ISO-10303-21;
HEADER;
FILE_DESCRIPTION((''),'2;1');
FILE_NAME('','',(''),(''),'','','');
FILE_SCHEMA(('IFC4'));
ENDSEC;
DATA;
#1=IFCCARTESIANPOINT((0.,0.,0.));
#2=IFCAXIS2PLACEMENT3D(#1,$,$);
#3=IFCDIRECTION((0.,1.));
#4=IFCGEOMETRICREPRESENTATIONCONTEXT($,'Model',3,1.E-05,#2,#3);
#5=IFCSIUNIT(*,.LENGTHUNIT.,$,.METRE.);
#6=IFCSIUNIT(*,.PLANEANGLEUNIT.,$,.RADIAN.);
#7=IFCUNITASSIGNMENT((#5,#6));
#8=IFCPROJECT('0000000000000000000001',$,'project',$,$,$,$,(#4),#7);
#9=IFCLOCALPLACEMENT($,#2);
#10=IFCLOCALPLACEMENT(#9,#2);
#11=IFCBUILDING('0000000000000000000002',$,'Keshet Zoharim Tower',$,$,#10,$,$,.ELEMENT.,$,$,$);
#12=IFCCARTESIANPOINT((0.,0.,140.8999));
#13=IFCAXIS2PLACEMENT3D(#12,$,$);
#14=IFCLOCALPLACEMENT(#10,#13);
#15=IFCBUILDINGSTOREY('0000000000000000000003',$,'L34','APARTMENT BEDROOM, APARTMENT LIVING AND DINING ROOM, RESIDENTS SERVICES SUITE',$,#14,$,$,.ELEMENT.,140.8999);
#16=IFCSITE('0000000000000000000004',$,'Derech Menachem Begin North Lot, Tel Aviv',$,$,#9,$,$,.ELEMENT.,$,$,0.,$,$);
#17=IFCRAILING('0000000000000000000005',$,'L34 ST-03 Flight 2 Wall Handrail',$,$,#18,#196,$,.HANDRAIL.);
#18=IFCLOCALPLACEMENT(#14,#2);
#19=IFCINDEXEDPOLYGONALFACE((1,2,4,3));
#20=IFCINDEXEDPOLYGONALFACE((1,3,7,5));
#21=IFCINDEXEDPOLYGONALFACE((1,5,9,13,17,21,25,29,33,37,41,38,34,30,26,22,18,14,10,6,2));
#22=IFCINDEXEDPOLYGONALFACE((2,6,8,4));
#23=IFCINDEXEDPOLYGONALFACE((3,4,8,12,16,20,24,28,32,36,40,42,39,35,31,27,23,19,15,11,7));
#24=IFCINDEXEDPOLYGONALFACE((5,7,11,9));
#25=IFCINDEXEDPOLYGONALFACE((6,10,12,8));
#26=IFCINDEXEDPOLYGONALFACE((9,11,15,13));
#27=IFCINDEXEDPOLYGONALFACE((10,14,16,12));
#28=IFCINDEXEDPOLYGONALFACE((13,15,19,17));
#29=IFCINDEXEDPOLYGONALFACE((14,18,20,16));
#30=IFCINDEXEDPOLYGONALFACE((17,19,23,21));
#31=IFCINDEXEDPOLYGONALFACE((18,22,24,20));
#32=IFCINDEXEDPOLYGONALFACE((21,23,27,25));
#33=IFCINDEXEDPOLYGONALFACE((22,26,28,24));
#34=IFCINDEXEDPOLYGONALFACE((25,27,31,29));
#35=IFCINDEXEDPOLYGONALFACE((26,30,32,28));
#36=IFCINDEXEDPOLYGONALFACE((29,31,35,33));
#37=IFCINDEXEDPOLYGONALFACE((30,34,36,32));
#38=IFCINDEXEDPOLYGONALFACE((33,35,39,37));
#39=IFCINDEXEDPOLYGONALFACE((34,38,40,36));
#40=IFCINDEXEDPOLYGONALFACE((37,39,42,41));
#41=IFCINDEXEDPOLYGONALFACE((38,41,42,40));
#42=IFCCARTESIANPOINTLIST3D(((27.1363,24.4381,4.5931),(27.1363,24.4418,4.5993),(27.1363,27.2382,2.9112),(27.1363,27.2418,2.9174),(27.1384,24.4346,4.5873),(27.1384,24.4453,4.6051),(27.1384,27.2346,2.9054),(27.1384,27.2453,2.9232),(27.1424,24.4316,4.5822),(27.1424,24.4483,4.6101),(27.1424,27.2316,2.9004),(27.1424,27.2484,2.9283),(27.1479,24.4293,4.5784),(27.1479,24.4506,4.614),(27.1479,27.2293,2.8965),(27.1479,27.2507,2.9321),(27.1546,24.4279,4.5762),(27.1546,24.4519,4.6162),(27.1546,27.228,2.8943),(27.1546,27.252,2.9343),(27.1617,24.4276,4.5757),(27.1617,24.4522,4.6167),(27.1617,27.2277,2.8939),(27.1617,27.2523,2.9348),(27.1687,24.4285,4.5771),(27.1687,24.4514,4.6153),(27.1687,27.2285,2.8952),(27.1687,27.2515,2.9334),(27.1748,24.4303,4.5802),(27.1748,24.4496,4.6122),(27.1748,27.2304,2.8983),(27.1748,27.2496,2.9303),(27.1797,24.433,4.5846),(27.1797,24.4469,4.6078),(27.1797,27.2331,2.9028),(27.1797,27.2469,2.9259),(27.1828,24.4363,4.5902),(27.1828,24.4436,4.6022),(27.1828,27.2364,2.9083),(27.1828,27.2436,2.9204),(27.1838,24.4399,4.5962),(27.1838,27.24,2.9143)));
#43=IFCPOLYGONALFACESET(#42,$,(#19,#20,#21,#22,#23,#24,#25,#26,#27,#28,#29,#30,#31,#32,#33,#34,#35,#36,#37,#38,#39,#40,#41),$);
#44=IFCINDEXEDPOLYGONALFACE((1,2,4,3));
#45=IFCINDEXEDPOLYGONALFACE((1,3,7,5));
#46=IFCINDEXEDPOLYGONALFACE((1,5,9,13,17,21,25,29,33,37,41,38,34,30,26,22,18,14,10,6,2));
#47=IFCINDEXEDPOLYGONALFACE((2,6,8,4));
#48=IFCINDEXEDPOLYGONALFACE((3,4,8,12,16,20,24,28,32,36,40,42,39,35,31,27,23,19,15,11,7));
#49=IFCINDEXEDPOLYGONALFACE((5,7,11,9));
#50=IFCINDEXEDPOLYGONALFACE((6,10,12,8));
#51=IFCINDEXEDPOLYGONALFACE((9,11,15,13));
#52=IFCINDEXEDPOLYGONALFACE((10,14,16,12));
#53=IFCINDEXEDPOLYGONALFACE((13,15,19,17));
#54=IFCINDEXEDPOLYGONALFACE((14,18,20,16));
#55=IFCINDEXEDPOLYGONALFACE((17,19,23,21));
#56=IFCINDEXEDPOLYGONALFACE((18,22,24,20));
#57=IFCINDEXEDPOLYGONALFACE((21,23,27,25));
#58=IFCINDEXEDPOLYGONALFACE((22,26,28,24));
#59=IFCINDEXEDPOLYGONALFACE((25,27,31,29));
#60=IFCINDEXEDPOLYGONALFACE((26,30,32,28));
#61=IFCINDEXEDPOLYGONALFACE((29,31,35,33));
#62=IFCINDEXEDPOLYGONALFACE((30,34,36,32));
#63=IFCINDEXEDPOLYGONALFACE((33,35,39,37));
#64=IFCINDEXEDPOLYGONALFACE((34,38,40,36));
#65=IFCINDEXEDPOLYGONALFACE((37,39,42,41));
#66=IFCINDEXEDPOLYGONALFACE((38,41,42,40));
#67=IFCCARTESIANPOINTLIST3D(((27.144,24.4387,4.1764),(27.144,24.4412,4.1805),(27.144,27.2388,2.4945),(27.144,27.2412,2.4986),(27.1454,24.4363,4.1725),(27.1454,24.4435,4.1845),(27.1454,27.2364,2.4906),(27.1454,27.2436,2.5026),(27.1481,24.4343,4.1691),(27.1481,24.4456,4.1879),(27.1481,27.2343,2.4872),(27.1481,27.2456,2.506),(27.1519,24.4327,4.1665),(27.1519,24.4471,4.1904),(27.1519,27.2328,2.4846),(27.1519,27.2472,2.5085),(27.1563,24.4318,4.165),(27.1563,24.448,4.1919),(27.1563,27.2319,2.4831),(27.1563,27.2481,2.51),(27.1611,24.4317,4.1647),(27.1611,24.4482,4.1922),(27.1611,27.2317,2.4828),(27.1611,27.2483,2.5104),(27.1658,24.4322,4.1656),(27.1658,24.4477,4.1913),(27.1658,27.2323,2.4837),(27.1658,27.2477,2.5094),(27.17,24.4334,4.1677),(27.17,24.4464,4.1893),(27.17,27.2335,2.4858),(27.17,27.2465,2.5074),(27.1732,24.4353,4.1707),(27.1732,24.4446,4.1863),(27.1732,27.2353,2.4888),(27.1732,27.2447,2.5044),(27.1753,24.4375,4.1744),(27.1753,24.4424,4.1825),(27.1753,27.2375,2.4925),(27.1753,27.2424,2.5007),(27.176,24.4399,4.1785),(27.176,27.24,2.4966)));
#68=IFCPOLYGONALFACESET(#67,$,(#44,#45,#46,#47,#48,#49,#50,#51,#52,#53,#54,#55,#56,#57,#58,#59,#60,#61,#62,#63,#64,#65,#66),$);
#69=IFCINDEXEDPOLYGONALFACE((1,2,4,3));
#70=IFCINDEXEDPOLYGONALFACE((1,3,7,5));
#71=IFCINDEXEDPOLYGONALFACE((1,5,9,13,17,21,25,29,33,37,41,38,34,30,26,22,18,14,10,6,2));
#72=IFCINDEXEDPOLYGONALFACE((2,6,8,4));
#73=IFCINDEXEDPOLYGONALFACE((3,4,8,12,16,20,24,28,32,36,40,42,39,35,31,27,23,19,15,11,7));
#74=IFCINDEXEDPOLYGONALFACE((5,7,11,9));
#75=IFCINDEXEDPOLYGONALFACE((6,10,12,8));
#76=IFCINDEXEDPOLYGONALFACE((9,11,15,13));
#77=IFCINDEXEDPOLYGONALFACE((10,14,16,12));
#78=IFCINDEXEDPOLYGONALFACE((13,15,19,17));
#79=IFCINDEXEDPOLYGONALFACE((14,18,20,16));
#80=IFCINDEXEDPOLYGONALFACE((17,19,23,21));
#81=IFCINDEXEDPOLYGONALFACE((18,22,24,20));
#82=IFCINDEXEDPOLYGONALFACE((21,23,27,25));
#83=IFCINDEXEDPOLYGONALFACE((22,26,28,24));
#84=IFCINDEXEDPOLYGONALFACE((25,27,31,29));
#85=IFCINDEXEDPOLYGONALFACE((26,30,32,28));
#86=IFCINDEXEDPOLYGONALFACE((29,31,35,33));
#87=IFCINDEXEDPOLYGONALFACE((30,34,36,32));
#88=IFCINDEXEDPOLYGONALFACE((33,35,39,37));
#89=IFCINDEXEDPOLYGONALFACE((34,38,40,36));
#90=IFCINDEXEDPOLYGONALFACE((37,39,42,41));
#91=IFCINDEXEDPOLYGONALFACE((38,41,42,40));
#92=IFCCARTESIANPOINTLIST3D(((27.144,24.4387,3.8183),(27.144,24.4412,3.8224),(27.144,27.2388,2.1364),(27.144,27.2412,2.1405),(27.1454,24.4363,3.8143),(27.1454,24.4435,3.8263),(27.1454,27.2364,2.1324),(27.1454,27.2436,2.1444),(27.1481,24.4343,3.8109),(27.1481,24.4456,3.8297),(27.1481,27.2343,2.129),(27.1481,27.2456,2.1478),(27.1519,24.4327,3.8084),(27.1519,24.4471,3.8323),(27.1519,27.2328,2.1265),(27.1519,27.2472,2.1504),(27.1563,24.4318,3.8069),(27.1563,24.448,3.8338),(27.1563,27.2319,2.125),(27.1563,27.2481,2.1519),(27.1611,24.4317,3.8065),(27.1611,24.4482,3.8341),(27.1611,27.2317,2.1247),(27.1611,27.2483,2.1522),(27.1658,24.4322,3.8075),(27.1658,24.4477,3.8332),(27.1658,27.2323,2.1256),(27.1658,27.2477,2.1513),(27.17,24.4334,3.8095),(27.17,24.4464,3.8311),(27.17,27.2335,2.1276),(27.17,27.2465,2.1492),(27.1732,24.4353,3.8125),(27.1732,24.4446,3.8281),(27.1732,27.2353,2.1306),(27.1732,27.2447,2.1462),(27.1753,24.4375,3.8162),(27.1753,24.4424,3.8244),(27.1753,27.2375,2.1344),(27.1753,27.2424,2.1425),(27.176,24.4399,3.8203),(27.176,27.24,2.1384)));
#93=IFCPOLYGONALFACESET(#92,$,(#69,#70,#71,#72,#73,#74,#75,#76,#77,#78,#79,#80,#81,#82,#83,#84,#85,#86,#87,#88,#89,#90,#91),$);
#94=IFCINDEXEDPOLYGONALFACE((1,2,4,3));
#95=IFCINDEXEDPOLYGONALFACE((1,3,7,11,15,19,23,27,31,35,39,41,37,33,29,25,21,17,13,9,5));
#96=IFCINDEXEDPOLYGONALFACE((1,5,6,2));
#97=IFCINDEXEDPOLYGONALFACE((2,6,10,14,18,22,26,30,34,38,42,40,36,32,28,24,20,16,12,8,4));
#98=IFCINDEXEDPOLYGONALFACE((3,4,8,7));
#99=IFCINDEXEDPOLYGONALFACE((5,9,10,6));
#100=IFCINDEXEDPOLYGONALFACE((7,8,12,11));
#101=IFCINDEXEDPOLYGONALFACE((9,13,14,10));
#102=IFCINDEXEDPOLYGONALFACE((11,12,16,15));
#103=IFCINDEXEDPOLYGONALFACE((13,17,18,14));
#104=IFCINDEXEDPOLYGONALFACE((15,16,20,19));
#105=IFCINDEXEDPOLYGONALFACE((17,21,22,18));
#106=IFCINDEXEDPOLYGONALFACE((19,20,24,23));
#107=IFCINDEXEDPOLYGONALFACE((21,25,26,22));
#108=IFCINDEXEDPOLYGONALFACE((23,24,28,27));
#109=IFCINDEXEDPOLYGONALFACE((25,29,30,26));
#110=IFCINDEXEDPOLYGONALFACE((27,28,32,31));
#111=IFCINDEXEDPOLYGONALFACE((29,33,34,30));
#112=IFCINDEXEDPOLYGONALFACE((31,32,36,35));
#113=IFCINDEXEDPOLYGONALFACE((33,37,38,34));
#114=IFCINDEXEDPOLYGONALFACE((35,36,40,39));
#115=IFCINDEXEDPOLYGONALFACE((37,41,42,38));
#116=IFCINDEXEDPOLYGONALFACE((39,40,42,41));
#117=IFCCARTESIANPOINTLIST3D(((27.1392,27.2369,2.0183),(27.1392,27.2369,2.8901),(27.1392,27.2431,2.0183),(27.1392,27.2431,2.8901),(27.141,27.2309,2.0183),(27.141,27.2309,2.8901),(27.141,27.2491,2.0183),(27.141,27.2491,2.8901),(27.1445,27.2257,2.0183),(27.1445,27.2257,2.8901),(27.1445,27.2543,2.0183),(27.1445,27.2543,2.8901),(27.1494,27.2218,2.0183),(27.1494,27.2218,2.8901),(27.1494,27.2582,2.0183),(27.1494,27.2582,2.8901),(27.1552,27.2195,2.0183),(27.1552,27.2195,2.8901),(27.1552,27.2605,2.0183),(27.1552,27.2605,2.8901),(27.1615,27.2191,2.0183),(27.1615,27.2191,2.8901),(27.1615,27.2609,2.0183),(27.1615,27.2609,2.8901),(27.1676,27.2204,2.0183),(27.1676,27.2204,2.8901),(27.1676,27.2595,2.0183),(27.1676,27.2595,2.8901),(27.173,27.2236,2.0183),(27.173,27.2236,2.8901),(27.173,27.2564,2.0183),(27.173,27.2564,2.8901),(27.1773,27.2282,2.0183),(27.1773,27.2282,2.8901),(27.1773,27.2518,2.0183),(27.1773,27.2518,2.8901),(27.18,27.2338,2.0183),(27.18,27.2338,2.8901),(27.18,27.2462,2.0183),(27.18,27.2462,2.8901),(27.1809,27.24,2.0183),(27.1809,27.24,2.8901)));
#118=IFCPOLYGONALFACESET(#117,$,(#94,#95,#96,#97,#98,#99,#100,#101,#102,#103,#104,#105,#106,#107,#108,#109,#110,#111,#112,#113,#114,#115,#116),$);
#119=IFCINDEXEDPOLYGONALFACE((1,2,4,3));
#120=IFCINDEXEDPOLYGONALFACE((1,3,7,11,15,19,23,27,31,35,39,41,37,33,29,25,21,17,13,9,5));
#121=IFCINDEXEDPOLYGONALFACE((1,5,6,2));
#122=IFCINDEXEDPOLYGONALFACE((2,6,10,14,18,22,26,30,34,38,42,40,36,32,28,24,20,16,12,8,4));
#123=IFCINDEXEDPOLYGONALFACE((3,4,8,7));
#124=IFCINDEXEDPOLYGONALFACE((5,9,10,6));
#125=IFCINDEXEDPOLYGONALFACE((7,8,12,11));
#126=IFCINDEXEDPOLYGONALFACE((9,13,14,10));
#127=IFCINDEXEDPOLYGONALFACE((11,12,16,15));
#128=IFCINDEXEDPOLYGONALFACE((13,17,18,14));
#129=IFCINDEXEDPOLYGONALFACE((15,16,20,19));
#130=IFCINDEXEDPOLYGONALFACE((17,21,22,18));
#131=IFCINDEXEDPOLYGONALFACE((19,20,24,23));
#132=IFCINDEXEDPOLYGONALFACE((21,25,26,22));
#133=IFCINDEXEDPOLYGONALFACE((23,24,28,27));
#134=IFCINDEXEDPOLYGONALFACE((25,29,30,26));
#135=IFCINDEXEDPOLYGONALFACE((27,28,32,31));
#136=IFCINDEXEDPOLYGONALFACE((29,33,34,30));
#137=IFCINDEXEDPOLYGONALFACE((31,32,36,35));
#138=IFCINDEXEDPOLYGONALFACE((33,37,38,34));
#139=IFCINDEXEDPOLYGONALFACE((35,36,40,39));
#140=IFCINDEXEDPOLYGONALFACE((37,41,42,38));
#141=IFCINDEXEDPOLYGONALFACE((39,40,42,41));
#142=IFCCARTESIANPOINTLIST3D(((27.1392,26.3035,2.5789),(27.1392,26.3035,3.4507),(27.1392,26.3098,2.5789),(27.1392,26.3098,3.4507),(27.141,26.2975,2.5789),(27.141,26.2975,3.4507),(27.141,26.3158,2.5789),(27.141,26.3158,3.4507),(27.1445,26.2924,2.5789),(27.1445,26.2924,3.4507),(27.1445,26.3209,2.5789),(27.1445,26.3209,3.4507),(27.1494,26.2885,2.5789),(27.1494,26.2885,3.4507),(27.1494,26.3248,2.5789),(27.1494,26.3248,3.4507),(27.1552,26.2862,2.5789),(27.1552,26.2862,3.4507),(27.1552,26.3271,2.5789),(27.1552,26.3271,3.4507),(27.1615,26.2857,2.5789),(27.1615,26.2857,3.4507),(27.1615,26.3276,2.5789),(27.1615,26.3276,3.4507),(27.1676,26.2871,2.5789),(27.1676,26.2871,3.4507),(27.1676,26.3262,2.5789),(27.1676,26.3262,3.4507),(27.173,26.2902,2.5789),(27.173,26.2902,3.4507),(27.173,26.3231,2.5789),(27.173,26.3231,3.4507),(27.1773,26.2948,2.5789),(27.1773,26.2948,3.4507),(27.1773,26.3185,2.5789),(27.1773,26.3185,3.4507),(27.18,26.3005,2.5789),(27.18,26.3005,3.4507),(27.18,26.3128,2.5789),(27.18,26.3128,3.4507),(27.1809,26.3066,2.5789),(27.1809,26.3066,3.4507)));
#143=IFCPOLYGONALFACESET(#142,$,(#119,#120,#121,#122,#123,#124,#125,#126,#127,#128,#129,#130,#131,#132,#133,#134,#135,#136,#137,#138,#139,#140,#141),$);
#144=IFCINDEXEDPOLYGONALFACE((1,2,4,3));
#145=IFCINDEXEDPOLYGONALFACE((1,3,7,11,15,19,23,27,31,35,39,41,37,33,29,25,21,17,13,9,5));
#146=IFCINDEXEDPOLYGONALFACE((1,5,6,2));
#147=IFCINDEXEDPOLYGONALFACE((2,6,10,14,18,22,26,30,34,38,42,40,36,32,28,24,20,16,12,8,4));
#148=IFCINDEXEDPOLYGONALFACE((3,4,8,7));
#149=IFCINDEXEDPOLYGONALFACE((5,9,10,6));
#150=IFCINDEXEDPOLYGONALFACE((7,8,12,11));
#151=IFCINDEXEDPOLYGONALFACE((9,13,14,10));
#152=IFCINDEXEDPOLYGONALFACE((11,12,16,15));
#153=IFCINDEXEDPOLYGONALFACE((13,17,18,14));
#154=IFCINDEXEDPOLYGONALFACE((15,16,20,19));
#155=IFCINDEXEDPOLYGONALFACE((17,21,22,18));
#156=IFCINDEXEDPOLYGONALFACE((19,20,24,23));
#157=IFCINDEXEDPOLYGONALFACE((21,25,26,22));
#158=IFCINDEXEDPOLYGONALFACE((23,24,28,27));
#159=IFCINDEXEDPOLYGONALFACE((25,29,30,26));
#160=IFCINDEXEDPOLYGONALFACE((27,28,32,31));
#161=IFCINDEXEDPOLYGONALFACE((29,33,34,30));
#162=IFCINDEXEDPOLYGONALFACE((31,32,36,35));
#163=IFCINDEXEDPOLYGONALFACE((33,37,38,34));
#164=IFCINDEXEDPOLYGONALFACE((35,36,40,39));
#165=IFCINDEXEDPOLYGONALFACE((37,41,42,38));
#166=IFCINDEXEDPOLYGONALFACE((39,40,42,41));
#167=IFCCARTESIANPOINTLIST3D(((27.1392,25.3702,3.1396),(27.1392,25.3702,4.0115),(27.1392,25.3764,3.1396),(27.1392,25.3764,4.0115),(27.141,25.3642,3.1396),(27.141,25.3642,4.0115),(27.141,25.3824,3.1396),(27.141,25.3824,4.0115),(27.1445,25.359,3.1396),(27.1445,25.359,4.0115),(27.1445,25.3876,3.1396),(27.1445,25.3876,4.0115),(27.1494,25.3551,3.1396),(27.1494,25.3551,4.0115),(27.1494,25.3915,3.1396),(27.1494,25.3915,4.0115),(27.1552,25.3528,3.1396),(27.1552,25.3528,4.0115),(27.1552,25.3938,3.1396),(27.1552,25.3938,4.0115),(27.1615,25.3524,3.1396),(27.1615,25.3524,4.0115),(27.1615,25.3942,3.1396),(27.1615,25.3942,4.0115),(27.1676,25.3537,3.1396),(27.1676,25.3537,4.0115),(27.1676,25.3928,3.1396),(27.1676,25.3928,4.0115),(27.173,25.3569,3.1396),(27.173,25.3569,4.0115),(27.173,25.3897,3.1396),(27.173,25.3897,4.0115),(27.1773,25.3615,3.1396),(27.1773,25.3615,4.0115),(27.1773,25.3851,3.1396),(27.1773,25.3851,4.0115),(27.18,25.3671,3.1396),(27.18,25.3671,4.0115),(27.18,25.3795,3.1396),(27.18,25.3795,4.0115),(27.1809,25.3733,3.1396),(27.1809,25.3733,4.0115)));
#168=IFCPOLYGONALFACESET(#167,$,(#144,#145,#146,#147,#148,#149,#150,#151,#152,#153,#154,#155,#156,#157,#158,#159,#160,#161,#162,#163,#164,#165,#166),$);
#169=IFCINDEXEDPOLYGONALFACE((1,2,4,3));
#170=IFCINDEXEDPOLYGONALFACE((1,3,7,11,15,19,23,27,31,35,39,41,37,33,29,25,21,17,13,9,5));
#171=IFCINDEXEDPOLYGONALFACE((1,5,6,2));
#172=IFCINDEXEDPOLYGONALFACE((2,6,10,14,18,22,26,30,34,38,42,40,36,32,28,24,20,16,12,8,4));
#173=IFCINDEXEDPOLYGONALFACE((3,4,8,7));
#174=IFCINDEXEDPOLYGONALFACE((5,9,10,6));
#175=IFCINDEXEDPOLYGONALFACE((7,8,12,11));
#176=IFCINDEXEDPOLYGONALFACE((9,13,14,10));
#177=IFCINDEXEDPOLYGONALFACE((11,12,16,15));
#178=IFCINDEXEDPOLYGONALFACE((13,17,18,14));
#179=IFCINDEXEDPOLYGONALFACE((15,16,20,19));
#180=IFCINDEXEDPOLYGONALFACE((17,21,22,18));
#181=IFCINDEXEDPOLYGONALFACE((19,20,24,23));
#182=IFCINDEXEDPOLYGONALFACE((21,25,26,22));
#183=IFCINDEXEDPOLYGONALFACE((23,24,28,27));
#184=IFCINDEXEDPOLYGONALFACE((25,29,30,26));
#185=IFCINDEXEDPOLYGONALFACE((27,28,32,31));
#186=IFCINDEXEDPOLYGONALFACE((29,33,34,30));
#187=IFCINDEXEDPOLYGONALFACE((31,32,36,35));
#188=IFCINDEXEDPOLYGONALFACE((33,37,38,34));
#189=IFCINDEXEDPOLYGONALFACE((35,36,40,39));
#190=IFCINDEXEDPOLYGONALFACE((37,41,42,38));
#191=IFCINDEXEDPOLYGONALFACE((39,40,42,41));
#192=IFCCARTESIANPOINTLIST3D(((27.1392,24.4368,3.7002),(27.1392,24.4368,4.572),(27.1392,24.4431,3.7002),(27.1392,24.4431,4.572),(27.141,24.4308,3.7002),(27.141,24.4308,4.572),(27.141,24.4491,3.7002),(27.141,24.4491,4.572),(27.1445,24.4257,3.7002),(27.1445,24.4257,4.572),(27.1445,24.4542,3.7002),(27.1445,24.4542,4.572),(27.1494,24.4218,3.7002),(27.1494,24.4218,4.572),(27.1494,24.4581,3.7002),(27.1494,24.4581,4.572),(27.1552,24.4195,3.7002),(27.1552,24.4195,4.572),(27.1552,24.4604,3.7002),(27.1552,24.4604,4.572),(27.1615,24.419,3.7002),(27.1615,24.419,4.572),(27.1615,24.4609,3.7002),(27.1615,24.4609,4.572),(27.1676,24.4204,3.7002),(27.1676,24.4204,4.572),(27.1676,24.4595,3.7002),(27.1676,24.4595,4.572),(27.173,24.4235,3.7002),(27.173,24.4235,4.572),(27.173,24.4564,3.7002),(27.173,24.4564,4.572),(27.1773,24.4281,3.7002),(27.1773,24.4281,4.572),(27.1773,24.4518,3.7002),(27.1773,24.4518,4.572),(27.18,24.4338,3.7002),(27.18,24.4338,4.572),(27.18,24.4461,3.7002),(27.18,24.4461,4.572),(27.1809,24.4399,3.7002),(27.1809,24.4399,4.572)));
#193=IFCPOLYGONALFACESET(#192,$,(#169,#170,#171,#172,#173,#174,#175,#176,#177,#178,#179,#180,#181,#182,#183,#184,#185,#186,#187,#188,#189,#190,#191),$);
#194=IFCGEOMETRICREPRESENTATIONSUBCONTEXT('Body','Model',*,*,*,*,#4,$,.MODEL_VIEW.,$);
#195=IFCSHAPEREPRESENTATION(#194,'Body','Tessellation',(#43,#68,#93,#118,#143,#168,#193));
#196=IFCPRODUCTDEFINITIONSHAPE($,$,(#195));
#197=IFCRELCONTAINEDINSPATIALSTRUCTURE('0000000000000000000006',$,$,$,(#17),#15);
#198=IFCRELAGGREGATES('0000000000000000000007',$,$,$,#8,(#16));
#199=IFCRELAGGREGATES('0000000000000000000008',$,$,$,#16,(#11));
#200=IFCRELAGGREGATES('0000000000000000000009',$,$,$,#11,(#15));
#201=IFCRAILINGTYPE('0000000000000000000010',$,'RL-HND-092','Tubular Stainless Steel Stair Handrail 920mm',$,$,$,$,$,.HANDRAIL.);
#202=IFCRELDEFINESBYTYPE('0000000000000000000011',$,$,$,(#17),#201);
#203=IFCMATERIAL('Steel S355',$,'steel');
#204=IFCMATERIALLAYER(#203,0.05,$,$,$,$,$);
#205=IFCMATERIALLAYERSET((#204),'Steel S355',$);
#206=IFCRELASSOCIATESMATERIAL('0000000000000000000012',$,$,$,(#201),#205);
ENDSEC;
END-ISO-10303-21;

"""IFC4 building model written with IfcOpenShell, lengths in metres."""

from ifc_helpers import new_model, si_unit, direction, frame, origin, origin_2d, place, context, subcontext, project, spatial, circle, extrude, material, layer, layer_set, type_object, element, save


model = new_model("IFC4")

# Units and contexts
model_context = context("Model", 3, precision=1e-05, world=origin(), true_north=direction((0.0, 1.0)))
body_context = subcontext(model_context, "Body", "Model", "MODEL_VIEW")
ifc_project = project(units=[si_unit("LENGTHUNIT", "METRE"), si_unit("PLANEANGLEUNIT", "RADIAN")], contexts=[model_context])

# Site, building, storey
site_placement = place(None, origin())
site = spatial("IfcSite", under=ifc_project, at=site_placement, Name="Derech Menachem Begin North Lot, Tel Aviv", CompositionType="ELEMENT", RefElevation=0.0)
building_placement = place(site_placement, origin())
building = spatial("IfcBuilding", under=site, at=building_placement, Name="Keshet Zoharim Tower", CompositionType="ELEMENT")
storey_placement = place(building_placement, frame((0.0, 0.0, 140.8999)))
storey = spatial("IfcBuildingStorey", under=building, at=storey_placement, Name="L34", Description="APARTMENT BEDROOM, APARTMENT LIVING AND DINING ROOM, RESIDENTS SERVICES SUITE", CompositionType="ELEMENT", Elevation=140.8999)

# Shared definitions
ifc_material_1 = material(Name="Steel S355", Category="steel")

# Railing
ifc_layer_1 = layer(ifc_material_1, 0.05)
ifc_layer_set_1 = layer_set([ifc_layer_1], Name="Steel S355")
railing_type = type_object("IfcRailingType", Name="RL-HND-092", Description="Tubular Stainless Steel Stair Handrail 920mm", PredefinedType="HANDRAIL", material=ifc_layer_set_1)
for number, where, name in (
    (1, (27.1599, 27.24, 2.0183), "L34 ST-03 Flight 2 Wall Handrail"),
):
    element("IfcRailing", number, at=place(storey_placement, frame(where)), inside=storey, type_object=railing_type, Name=name, PredefinedType="HANDRAIL", context=body_context, shape_type="SweptSolid", body=[
        extrude(circle(Radius=0.0239, at=origin_2d()), frame((0.0, 0.0, 0.896), z_axis=(0.0, -0.857242, 0.514913), x_axis=(1.0, 0.0, 0.0)), (0.0, 0.0, 1.0), 3.2664),
        extrude(circle(Radius=0.0161, at=origin_2d()), frame((0.0, 0.0, 0.4783), z_axis=(0.0, -0.857242, 0.514913), x_axis=(1.0, 0.0, 0.0)), (0.0, 0.0, 1.0), 3.2664),
        extrude(circle(Radius=0.0161, at=origin_2d()), frame((0.0, 0.0, 0.1201), z_axis=(0.0, -0.857242, 0.514913), x_axis=(1.0, 0.0, 0.0)), (0.0, 0.0, 1.0), 3.2664),
        extrude(circle(Radius=0.021, at=origin_2d()), origin(), (0.0, 0.0, 1.0), 0.8718),
        extrude(circle(Radius=0.021, at=origin_2d()), frame((0.0, -0.9333, 0.5605)), (0.0, 0.0, 1.0), 0.8718),
        extrude(circle(Radius=0.021, at=origin_2d()), frame((0.0, -1.8667, 1.1213)), (0.0, 0.0, 1.0), 0.8718),
        extrude(circle(Radius=0.021, at=origin_2d()), frame((0.0, -2.8, 1.6819)), (0.0, 0.0, 1.0), 0.8718),
    ])

save(model, "model.ifc")
